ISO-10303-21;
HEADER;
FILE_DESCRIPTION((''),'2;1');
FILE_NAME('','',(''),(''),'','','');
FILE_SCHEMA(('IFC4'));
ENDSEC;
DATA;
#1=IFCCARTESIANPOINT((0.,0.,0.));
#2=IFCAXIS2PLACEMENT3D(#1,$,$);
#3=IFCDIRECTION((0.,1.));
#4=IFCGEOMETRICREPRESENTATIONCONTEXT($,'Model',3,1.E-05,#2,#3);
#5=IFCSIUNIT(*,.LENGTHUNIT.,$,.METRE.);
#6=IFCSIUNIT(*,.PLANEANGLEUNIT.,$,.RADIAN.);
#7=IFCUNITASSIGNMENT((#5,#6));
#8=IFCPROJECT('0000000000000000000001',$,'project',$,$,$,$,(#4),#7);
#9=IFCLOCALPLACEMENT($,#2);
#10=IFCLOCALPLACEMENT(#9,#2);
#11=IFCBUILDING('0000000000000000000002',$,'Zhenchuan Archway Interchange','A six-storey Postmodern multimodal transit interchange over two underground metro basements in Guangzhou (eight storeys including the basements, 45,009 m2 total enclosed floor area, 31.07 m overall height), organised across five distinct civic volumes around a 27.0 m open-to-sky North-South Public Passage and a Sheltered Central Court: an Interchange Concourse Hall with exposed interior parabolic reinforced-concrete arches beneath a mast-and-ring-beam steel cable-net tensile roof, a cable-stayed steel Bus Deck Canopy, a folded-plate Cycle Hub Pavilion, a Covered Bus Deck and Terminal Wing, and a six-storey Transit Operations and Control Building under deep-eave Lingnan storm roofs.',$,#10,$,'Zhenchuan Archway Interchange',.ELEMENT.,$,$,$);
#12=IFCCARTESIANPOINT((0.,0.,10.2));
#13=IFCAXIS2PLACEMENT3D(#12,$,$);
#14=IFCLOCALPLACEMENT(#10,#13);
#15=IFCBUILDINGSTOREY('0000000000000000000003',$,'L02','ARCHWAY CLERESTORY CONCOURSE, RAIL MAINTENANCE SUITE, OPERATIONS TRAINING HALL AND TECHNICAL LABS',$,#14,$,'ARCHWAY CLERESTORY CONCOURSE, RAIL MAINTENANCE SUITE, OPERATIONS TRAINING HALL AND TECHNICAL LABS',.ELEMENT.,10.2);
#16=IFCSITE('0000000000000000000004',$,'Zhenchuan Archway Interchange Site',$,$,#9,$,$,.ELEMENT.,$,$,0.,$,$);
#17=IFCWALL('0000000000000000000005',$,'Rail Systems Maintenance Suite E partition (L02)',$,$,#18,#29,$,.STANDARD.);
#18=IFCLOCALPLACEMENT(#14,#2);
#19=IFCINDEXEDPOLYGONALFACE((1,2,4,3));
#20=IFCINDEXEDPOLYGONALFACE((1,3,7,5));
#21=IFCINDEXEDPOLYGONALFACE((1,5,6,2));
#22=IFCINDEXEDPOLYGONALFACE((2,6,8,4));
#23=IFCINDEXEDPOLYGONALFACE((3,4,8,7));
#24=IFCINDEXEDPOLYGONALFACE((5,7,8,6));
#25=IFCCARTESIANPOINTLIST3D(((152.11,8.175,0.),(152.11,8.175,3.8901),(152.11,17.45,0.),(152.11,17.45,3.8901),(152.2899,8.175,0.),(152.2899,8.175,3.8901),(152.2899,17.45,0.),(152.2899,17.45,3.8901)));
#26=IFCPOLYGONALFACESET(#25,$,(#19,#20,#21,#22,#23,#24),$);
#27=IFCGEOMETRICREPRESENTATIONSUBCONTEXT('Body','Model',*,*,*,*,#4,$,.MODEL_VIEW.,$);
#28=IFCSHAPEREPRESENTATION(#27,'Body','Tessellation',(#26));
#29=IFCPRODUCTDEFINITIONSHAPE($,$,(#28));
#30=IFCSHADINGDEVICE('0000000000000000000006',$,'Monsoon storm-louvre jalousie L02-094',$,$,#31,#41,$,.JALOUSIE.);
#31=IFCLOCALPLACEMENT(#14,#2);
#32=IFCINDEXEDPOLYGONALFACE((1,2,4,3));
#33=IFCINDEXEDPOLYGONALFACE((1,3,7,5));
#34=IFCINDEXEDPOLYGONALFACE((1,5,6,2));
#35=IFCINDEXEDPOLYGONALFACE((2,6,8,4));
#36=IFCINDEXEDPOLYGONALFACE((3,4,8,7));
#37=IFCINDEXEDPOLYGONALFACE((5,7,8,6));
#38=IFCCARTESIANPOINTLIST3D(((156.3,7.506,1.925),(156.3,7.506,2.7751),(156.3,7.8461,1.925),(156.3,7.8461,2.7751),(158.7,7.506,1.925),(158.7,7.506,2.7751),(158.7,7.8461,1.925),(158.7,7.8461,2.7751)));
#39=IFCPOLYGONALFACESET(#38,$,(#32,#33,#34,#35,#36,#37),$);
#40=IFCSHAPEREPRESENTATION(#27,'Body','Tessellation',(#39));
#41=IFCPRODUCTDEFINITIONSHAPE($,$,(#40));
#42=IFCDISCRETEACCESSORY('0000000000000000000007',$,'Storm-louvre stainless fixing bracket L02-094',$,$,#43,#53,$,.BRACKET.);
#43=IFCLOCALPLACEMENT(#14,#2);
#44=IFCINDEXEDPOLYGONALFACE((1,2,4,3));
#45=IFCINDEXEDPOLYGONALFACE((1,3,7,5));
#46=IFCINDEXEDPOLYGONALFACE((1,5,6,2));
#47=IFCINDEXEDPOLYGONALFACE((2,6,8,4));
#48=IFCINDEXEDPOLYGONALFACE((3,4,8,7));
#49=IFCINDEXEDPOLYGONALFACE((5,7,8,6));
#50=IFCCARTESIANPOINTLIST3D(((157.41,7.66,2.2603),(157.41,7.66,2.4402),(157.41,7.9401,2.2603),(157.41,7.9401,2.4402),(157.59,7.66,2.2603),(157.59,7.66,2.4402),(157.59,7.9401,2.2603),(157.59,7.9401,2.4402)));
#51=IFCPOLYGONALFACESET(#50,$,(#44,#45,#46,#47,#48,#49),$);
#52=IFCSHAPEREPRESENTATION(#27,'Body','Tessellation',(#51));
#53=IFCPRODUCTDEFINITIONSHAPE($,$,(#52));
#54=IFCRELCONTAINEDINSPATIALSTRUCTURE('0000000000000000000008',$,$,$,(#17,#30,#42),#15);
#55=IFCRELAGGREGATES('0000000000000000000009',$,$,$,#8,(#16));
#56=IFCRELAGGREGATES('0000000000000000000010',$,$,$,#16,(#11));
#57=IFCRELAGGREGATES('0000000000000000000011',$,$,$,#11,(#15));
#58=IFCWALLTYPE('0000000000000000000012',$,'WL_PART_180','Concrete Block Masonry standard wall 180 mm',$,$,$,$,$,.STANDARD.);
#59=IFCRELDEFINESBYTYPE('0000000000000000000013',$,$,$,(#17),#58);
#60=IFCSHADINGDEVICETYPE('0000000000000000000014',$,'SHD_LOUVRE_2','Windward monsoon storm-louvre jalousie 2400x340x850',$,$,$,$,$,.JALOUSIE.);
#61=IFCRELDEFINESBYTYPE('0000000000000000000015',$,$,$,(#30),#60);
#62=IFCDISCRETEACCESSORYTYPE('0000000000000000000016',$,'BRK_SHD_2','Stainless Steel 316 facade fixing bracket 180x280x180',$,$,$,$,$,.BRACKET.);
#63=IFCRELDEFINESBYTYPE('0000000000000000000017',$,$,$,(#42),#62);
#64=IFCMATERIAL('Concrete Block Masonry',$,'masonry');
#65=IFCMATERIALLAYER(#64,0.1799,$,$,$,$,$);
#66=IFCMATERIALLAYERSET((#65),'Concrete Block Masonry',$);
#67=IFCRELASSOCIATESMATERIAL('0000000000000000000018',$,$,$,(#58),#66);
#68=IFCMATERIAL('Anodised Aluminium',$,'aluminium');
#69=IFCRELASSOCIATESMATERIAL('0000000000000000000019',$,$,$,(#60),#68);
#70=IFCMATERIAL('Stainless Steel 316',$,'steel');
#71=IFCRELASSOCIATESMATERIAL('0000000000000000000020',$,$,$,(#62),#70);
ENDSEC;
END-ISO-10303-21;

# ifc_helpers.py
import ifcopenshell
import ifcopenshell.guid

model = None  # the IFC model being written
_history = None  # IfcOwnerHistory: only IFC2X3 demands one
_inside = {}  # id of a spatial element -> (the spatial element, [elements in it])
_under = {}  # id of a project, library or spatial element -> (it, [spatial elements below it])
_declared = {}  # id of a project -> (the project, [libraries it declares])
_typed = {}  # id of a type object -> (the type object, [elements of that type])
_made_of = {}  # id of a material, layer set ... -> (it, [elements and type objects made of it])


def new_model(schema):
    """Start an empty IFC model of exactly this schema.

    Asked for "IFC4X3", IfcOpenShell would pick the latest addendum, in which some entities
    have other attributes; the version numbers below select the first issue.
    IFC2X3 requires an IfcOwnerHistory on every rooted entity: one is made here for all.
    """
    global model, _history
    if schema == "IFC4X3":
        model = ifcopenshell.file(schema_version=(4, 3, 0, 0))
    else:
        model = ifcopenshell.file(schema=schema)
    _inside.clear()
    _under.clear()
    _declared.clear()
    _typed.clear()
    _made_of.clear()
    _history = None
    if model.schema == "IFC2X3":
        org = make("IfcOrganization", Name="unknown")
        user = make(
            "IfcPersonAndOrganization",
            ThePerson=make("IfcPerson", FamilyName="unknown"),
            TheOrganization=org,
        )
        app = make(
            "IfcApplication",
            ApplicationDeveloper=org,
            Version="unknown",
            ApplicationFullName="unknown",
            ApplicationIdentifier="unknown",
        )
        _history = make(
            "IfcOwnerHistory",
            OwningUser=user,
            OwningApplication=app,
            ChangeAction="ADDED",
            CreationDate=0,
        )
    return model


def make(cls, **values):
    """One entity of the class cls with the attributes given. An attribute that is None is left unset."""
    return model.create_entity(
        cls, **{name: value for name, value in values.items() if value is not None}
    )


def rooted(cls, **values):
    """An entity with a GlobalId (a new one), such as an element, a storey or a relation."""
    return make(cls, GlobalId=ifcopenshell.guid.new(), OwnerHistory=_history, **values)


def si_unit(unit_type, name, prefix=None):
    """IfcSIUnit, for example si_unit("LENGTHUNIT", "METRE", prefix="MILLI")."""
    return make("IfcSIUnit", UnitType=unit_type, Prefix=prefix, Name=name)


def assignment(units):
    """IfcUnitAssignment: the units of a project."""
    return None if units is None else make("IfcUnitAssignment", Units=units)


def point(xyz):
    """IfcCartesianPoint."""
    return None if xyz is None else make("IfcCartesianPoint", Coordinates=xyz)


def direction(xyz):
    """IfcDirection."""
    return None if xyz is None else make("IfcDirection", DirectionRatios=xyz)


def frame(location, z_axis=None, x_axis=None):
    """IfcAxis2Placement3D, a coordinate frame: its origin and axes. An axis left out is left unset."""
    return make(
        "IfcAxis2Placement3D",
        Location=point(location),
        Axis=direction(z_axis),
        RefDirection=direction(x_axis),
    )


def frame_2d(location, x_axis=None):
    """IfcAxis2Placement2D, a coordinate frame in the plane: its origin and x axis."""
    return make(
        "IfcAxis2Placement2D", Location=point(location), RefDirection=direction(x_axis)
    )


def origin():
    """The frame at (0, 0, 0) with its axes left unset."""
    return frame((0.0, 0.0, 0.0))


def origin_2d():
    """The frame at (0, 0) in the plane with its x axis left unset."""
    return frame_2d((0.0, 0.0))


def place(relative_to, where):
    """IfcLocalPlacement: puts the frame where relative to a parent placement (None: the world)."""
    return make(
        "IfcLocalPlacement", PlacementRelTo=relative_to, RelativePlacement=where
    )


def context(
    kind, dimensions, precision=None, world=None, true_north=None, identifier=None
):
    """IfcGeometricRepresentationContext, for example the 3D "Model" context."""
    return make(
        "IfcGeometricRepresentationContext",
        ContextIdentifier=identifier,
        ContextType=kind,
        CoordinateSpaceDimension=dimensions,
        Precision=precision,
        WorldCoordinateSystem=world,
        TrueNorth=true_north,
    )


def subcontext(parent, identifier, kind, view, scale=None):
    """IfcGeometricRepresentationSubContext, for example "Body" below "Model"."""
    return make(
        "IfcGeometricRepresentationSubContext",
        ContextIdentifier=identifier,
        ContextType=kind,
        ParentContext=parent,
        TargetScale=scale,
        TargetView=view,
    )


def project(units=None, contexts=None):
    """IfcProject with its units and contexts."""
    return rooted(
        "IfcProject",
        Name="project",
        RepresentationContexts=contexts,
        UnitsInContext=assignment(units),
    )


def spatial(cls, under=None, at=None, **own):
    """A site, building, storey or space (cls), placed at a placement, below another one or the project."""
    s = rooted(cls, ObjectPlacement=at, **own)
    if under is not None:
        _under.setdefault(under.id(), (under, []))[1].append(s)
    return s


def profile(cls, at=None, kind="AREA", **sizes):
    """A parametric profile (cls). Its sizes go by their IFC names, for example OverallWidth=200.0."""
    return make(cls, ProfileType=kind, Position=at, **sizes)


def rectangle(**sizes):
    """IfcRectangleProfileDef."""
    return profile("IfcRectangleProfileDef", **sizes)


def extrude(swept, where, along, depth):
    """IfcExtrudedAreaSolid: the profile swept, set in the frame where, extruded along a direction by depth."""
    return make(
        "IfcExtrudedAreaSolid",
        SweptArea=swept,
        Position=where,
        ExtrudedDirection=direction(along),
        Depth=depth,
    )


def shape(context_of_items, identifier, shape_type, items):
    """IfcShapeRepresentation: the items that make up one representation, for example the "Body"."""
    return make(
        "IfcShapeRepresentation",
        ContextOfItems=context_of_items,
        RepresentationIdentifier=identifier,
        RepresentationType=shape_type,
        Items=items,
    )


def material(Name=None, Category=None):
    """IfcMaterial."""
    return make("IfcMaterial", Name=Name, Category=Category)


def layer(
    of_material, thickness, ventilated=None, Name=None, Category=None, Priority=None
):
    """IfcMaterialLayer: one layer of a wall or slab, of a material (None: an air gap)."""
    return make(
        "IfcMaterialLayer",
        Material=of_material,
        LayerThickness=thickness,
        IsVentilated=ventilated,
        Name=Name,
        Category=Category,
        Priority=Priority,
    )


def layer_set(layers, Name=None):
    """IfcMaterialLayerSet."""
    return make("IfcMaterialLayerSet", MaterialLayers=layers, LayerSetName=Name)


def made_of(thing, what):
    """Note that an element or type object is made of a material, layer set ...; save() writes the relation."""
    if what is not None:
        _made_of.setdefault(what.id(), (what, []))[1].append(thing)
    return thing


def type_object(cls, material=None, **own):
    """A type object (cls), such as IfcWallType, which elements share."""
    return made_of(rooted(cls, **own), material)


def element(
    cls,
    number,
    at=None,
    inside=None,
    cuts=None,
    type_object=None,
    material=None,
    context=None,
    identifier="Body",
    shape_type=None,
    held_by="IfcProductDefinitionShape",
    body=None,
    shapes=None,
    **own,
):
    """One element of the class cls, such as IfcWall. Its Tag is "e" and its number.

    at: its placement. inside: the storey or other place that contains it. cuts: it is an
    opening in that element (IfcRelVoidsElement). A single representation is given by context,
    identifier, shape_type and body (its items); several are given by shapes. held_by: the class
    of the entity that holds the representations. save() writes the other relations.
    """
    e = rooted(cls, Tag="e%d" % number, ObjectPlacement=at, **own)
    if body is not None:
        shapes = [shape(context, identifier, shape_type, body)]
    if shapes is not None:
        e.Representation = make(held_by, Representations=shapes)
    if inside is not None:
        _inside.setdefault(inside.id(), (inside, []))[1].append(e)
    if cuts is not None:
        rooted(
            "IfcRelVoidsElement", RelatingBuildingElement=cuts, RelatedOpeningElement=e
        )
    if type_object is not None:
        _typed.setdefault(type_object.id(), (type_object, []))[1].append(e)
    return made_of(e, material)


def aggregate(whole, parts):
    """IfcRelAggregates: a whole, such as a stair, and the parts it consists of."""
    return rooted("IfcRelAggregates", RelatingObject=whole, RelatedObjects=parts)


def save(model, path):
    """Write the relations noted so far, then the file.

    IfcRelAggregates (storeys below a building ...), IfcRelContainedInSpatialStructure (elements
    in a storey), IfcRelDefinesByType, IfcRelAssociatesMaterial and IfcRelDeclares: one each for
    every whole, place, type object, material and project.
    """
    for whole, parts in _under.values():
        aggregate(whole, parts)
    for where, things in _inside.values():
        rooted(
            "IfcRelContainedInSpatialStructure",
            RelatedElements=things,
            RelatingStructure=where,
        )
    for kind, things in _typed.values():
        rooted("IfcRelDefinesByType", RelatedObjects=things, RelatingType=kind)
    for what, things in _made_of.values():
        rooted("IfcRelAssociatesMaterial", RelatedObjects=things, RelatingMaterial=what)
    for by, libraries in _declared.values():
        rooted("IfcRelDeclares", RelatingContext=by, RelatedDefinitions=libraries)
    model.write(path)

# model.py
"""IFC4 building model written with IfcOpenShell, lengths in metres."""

from ifc_helpers import new_model, si_unit, direction, frame, frame_2d, origin, origin_2d, place, context, subcontext, project, spatial, rectangle, extrude, material, layer, layer_set, type_object, element, save


model = new_model("IFC4")

# Units and contexts
model_context = context("Model", 3, precision=1e-05, world=origin(), true_north=direction((0.0, 1.0)))
body_context = subcontext(model_context, "Body", "Model", "MODEL_VIEW")
ifc_project = project(units=[si_unit("LENGTHUNIT", "METRE"), si_unit("PLANEANGLEUNIT", "RADIAN")], contexts=[model_context])

# Site, building, storey
site_placement = place(None, origin())
site = spatial("IfcSite", under=ifc_project, at=site_placement, Name="Zhenchuan Archway Interchange Site", CompositionType="ELEMENT", RefElevation=0.0)
building_placement = place(site_placement, origin())
building = spatial("IfcBuilding", under=site, at=building_placement, Name="Zhenchuan Archway Interchange", Description="A six-storey Postmodern multimodal transit interchange over two underground metro basements in Guangzhou (eight storeys including the basements, 45,009 m2 total enclosed floor area, 31.07 m overall height), organised across five distinct civic volumes around a 27.0 m open-to-sky North-South Public Passage and a Sheltered Central Court: an Interchange Concourse Hall with exposed interior parabolic reinforced-concrete arches beneath a mast-and-ring-beam steel cable-net tensile roof, a cable-stayed steel Bus Deck Canopy, a folded-plate Cycle Hub Pavilion, a Covered Bus Deck and Terminal Wing, and a six-storey Transit Operations and Control Building under deep-eave Lingnan storm roofs.", LongName="Zhenchuan Archway Interchange", CompositionType="ELEMENT")
storey_placement = place(building_placement, frame((0.0, 0.0, 10.2)))
storey = spatial("IfcBuildingStorey", under=building, at=storey_placement, Name="L02", Description="ARCHWAY CLERESTORY CONCOURSE, RAIL MAINTENANCE SUITE, OPERATIONS TRAINING HALL AND TECHNICAL LABS", LongName="ARCHWAY CLERESTORY CONCOURSE, RAIL MAINTENANCE SUITE, OPERATIONS TRAINING HALL AND TECHNICAL LABS", CompositionType="ELEMENT", Elevation=10.2)

# Shared definitions
ifc_material_1 = material(Name="Anodised Aluminium", Category="aluminium")

# Wall
ifc_material_2 = material(Name="Concrete Block Masonry", Category="masonry")
ifc_layer_1 = layer(ifc_material_2, 0.1799)
ifc_layer_set_1 = layer_set([ifc_layer_1], Name="Concrete Block Masonry")
wall_type = type_object("IfcWallType", Name="WL_PART_180", Description="Concrete Block Masonry standard wall 180 mm", PredefinedType="STANDARD", material=ifc_layer_set_1)
wall_placement = place(storey_placement, frame((152.2, 8.175, 0.0), z_axis=(0.0, 0.0, 1.0), x_axis=(0.0, 1.0, 0.0)))
element("IfcWall", 1, at=wall_placement, inside=storey, type_object=wall_type, Name="Rail Systems Maintenance Suite E partition (L02)", PredefinedType="STANDARD", context=body_context, shape_type="SweptSolid", body=[
    extrude(rectangle(XDim=9.2749, YDim=0.1799, at=frame_2d((4.6375, 0.0))), origin(), (0.0, 0.0, 1.0), 3.8901),
])

# Shading device
shading_device_type = type_object("IfcShadingDeviceType", Name="SHD_LOUVRE_2", Description="Windward monsoon storm-louvre jalousie 2400x340x850", PredefinedType="JALOUSIE", material=ifc_material_1)
shading_device_placement = place(storey_placement, frame((157.5, 7.676, 1.925), z_axis=(0.0, 0.0, 1.0), x_axis=(-1.0, 0.0, 0.0)))
element("IfcShadingDevice", 2, at=shading_device_placement, inside=storey, type_object=shading_device_type, Name="Monsoon storm-louvre jalousie L02-094", PredefinedType="JALOUSIE", context=body_context, shape_type="SweptSolid", body=[
    extrude(rectangle(XDim=2.3999, YDim=0.3401, at=origin_2d()), origin(), (0.0, 0.0, 1.0), 0.8501),
])

# Discrete accessory
ifc_material_3 = material(Name="Stainless Steel 316", Category="steel")
discrete_accessory_type = type_object("IfcDiscreteAccessoryType", Name="BRK_SHD_2", Description="Stainless Steel 316 facade fixing bracket 180x280x180", PredefinedType="BRACKET", material=ifc_material_3)
discrete_accessory_placement = place(storey_placement, frame((157.5, 7.8, 2.2603), z_axis=(0.0, 0.0, 1.0), x_axis=(-1.0, 0.0, 0.0)))
element("IfcDiscreteAccessory", 3, at=discrete_accessory_placement, inside=storey, type_object=discrete_accessory_type, Name="Storm-louvre stainless fixing bracket L02-094", PredefinedType="BRACKET", context=body_context, shape_type="SweptSolid", body=[
    extrude(rectangle(XDim=0.1799, YDim=0.28, at=origin_2d()), origin(), (0.0, 0.0, 1.0), 0.1799),
])

save(model, "model.ifc")
